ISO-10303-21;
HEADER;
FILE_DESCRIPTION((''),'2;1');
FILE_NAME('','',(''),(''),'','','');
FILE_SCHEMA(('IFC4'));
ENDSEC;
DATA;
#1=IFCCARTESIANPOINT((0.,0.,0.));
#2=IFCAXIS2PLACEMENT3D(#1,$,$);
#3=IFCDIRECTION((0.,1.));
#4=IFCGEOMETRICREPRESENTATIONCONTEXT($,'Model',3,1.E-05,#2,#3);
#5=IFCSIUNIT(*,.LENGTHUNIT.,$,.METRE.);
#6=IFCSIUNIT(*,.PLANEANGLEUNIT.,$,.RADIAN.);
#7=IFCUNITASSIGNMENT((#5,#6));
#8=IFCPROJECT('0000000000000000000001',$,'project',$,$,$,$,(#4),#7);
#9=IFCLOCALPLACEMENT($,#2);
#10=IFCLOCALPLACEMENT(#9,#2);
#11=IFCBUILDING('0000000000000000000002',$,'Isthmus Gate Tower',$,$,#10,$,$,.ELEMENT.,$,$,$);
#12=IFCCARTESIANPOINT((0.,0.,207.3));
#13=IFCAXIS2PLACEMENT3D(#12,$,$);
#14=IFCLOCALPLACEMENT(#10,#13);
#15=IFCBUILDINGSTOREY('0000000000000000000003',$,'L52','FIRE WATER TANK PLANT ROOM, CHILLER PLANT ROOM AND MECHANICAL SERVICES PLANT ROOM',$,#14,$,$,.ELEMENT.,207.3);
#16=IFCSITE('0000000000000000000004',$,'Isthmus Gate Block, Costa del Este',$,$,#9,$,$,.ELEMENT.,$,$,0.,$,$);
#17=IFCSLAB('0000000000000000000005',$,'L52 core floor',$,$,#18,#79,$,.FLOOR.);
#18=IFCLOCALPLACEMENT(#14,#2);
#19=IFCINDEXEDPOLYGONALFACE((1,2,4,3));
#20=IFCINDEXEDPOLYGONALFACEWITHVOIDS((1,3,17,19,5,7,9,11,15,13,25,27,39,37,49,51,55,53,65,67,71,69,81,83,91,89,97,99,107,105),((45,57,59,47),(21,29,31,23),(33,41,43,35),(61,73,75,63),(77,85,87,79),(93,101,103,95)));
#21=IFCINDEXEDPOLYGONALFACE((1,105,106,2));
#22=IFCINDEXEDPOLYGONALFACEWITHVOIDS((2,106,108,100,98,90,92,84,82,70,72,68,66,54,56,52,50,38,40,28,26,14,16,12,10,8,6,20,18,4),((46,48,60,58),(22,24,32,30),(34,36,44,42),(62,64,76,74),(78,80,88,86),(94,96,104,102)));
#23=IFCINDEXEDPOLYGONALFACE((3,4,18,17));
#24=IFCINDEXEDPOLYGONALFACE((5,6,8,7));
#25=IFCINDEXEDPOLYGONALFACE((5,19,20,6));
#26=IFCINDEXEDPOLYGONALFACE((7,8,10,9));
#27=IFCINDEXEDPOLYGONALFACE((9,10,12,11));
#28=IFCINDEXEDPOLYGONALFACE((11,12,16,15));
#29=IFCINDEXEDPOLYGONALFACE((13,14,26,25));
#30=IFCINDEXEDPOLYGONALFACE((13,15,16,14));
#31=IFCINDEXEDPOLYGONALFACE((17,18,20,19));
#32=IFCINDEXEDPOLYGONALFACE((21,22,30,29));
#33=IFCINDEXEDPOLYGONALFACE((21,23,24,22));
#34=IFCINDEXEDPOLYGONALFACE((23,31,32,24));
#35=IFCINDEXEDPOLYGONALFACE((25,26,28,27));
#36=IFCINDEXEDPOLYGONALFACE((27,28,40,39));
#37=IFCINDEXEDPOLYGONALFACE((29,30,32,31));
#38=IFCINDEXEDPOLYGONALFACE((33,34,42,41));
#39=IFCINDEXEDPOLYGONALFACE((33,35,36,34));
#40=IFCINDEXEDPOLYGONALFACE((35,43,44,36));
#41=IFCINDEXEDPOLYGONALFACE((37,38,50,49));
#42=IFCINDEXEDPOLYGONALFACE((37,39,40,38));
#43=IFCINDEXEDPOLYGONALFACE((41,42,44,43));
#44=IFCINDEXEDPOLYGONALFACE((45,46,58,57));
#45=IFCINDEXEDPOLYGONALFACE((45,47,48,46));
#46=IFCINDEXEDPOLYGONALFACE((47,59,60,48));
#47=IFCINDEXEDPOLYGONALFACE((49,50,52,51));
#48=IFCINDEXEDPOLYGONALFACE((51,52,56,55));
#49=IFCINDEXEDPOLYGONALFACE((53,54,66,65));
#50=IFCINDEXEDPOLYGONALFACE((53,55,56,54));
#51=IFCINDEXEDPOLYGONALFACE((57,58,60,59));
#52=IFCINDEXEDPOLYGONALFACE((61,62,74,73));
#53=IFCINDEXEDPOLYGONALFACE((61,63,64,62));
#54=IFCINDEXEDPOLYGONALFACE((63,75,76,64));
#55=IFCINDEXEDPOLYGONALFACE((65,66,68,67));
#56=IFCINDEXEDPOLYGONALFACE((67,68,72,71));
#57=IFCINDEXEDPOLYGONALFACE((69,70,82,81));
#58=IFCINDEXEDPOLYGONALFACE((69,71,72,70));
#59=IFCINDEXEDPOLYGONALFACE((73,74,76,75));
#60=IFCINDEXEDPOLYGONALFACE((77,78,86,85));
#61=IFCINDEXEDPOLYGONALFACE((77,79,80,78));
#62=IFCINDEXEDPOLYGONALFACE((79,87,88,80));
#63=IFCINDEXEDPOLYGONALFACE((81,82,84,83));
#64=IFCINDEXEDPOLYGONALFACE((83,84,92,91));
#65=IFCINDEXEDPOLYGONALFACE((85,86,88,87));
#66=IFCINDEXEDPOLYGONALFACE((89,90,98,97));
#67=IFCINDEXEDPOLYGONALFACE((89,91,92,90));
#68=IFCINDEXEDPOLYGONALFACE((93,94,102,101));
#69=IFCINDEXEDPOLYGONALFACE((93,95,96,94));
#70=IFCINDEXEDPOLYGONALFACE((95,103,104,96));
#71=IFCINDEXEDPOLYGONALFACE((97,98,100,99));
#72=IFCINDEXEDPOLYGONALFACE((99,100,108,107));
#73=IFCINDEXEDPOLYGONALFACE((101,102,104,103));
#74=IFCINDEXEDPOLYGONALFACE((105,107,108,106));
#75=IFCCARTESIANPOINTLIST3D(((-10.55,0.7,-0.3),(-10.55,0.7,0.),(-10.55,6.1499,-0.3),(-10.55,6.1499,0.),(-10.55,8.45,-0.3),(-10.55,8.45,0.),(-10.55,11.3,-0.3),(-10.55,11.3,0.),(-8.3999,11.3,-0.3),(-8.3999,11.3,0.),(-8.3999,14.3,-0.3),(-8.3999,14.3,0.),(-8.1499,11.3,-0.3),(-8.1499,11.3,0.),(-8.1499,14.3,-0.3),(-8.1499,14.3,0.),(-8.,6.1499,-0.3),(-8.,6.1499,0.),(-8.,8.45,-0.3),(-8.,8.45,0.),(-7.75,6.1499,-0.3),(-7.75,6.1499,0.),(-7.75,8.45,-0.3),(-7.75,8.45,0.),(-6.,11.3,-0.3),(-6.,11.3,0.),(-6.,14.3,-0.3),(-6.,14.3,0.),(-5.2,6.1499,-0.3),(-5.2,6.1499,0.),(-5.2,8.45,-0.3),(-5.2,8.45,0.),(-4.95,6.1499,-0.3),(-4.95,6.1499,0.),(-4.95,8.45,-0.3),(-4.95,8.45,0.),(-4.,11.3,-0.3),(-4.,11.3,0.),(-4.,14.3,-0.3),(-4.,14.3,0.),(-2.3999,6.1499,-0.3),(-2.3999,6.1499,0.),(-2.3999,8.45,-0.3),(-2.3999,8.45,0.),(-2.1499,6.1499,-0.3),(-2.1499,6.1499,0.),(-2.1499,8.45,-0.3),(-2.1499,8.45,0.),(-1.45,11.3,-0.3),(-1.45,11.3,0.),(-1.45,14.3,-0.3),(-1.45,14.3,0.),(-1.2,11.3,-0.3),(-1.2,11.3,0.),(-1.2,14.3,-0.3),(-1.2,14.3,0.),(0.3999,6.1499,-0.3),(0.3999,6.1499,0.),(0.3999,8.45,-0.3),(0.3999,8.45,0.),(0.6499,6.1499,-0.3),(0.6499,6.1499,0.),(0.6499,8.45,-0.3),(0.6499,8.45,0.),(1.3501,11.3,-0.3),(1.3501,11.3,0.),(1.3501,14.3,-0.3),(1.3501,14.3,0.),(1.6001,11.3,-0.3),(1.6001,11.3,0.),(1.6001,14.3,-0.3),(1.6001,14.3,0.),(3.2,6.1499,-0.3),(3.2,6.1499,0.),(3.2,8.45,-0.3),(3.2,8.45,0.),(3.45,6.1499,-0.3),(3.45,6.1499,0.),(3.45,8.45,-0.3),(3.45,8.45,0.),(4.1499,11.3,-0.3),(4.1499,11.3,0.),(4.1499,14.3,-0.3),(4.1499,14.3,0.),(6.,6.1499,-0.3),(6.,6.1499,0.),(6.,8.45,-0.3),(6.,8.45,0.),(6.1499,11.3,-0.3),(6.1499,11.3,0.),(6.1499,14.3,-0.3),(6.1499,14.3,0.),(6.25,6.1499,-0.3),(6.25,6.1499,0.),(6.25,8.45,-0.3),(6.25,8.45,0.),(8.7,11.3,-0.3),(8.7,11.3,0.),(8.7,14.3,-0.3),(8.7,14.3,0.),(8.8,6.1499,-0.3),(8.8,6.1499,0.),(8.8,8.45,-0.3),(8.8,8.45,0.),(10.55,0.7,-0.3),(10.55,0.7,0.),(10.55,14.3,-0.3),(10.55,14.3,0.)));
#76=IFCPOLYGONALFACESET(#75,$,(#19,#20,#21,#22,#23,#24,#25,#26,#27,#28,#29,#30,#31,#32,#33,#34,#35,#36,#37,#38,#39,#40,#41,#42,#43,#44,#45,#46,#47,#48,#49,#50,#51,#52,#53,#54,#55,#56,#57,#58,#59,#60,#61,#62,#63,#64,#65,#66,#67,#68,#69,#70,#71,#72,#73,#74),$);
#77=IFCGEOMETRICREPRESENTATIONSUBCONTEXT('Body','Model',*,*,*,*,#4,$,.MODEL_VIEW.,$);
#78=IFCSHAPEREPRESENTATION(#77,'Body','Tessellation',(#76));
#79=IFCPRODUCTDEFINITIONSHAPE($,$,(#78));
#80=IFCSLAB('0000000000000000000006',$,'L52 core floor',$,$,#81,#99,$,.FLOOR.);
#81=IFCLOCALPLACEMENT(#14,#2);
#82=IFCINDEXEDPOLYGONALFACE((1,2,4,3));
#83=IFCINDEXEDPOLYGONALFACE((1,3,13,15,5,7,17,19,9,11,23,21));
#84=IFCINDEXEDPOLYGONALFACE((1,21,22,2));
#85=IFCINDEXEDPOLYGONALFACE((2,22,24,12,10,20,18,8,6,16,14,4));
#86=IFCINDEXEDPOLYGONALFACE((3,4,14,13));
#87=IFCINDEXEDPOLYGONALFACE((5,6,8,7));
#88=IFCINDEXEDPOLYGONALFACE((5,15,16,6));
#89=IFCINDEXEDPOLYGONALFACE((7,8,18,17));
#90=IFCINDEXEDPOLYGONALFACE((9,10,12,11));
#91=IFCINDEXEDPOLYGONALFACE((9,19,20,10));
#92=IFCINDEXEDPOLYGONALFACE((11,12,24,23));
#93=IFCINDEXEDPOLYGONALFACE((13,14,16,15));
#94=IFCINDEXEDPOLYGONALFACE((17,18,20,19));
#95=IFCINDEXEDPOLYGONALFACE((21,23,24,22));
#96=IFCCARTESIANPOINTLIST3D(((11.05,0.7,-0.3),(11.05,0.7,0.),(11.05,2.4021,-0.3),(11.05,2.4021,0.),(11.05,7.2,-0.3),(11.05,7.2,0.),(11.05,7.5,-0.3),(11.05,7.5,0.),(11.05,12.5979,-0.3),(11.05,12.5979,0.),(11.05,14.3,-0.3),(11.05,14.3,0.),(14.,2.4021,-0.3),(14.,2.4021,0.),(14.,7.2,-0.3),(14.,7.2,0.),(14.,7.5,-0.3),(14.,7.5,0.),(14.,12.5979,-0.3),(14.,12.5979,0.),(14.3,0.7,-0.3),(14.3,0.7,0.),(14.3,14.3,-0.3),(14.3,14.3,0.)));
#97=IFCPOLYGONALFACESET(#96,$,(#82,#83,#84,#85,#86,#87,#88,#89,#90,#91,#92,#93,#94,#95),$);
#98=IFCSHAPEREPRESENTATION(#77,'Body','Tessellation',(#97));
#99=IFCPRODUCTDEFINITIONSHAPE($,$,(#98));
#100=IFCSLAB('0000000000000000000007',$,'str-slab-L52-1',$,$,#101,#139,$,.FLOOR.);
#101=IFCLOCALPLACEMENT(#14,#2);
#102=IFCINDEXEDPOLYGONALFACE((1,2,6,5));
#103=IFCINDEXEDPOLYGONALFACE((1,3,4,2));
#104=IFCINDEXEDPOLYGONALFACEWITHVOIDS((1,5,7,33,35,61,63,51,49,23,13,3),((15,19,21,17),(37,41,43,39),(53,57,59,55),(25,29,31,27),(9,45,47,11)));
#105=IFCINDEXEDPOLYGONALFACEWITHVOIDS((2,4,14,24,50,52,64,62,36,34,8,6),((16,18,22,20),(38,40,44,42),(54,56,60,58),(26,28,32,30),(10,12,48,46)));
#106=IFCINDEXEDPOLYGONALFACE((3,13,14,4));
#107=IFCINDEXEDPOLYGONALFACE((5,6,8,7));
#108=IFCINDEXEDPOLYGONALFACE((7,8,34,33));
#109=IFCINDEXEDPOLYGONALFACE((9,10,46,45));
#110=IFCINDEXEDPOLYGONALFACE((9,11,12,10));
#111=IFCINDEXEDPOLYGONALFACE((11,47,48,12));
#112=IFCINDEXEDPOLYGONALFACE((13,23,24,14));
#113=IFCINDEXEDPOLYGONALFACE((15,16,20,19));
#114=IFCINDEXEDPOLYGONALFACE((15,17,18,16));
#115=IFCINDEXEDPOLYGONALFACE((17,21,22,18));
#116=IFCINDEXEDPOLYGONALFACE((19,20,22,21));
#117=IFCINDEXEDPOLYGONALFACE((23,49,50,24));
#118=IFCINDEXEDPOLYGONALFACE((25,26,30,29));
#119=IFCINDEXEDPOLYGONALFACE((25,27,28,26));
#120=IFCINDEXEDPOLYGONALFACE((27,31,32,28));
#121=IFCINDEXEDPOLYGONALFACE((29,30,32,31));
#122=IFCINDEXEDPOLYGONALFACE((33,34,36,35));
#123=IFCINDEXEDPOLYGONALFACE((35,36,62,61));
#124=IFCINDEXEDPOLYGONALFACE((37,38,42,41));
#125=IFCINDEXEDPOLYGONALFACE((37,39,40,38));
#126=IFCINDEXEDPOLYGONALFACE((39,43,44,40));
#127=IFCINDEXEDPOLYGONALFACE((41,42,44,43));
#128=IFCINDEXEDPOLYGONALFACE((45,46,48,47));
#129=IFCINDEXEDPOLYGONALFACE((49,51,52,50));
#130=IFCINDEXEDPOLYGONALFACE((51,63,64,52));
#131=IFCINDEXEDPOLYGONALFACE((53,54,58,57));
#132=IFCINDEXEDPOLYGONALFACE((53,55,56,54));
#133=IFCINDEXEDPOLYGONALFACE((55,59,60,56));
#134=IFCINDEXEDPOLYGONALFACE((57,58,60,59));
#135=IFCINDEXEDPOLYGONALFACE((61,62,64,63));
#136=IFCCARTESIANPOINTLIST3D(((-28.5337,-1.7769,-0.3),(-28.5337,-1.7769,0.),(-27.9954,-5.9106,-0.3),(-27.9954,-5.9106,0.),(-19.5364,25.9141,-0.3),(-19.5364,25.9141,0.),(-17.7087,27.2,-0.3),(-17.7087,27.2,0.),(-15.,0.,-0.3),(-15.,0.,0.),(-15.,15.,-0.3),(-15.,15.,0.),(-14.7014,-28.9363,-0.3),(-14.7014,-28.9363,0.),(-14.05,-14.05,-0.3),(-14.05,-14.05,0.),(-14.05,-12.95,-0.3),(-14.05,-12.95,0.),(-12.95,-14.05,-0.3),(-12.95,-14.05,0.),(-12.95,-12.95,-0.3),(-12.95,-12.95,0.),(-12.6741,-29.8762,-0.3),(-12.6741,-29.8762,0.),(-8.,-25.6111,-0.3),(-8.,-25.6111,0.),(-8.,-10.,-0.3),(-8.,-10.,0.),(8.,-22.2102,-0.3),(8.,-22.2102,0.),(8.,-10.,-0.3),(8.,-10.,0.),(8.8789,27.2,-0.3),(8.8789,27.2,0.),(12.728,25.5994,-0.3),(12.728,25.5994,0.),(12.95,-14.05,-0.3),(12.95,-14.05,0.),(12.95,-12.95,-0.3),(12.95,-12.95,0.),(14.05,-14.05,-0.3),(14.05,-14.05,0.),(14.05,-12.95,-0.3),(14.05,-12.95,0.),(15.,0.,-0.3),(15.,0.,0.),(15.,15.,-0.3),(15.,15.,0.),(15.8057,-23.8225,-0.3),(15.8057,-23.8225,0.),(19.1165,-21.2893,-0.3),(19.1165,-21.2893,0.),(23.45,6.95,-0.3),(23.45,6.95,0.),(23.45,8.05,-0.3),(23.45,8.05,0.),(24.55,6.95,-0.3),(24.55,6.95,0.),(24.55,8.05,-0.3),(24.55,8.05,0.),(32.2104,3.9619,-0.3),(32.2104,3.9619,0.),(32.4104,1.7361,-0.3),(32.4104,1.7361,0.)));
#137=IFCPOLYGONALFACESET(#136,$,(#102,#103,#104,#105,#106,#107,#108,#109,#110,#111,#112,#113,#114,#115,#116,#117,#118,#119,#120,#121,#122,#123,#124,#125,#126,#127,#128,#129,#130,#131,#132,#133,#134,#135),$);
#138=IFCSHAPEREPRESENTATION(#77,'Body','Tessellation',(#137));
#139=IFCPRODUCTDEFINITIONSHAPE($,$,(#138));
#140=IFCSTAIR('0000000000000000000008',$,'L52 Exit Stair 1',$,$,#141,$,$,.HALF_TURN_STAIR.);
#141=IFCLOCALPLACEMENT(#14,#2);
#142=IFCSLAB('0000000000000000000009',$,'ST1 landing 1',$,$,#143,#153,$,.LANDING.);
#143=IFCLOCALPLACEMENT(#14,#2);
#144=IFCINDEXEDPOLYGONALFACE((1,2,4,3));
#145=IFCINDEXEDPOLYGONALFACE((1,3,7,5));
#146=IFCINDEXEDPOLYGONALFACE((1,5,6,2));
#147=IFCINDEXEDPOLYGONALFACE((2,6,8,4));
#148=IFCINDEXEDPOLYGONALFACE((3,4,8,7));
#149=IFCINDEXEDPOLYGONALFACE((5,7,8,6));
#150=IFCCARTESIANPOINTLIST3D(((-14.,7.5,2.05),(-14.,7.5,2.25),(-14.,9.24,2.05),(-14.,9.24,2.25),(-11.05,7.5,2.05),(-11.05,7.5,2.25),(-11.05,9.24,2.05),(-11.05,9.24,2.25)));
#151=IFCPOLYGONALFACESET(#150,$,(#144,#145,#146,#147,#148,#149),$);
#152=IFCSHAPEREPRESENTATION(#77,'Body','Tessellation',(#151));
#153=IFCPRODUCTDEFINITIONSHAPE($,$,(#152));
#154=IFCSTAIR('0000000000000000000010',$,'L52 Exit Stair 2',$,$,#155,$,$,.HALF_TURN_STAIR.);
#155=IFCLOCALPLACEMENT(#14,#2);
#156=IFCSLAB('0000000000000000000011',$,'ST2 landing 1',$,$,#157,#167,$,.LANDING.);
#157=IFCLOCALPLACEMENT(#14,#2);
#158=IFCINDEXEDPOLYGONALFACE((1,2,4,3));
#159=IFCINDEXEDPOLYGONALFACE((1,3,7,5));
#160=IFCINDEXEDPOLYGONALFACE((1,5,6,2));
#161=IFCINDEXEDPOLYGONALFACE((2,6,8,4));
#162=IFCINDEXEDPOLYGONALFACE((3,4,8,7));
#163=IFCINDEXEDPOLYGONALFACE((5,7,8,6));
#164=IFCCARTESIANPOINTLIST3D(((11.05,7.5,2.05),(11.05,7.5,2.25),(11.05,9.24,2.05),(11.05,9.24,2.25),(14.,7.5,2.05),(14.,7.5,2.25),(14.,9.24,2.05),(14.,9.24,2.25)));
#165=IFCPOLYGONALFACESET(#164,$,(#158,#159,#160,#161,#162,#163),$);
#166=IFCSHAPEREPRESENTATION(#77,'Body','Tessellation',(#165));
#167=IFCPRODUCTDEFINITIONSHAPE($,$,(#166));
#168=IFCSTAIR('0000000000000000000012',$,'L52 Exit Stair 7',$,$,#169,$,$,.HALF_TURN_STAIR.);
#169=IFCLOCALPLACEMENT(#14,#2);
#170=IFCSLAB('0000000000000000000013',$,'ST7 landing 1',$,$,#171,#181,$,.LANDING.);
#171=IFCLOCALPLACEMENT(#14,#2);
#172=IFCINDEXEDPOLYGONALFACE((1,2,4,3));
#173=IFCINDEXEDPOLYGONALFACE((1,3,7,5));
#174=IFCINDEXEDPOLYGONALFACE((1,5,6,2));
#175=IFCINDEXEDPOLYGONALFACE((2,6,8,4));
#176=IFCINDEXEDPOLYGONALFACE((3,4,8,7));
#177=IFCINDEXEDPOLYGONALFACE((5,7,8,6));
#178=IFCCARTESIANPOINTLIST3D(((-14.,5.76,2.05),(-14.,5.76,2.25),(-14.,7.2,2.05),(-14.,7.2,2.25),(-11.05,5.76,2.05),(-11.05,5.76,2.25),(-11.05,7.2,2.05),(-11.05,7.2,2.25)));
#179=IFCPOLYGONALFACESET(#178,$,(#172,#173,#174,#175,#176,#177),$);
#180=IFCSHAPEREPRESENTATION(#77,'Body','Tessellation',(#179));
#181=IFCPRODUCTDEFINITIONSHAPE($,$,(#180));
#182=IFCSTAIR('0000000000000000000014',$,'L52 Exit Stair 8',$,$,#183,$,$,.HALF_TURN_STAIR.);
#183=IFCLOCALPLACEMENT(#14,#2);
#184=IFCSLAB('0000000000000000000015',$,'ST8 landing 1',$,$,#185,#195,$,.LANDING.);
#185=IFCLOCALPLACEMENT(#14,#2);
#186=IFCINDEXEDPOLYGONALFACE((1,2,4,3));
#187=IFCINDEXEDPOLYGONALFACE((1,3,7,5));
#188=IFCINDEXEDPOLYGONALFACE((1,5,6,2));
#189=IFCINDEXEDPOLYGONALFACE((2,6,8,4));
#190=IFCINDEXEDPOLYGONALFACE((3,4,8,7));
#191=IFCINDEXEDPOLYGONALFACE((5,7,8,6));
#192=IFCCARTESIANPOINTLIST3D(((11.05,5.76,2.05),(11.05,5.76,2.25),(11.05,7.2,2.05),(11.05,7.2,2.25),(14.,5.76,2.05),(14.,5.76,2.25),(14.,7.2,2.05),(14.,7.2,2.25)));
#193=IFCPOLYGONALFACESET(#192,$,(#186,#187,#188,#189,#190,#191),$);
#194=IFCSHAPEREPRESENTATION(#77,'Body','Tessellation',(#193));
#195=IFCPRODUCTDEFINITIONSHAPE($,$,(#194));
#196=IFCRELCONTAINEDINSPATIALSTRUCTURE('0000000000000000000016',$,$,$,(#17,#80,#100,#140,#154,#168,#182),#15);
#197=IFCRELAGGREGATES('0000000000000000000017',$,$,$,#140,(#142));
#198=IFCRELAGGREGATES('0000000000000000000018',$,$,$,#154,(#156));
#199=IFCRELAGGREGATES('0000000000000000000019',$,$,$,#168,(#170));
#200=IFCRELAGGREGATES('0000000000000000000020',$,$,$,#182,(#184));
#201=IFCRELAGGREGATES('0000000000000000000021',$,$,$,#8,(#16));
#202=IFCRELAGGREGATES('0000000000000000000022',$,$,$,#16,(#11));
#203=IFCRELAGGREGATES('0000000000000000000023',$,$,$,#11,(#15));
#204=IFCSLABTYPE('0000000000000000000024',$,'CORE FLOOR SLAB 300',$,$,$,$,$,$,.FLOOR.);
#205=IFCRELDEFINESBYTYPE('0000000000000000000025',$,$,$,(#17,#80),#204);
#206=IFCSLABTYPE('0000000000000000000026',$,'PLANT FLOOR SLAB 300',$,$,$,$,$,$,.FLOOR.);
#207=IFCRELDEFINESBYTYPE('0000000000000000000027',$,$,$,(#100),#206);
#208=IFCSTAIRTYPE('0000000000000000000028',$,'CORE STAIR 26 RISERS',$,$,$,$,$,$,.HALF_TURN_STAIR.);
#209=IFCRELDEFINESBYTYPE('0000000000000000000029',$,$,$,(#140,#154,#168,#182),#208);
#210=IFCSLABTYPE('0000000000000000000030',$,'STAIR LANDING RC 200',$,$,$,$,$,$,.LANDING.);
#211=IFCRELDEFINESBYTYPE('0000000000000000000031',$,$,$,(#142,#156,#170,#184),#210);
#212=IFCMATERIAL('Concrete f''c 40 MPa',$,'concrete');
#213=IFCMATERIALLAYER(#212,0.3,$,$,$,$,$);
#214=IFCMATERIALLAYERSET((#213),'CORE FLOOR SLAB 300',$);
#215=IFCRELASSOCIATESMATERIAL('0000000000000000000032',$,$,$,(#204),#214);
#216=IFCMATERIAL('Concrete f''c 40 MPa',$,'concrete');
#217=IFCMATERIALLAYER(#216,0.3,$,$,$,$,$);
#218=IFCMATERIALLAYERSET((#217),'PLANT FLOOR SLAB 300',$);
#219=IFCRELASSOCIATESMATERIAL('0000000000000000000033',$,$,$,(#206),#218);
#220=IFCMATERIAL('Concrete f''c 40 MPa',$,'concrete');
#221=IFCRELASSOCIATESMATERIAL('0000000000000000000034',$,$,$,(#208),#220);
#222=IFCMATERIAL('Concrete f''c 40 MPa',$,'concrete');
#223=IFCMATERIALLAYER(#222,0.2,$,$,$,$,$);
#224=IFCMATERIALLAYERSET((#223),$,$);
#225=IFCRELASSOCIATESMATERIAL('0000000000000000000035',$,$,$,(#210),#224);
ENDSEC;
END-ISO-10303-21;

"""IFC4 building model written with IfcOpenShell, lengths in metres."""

from ifc_helpers import new_model, si_unit, direction, frame, origin, place, context, subcontext, project, spatial, polyline, outline, extrude, material, layer, layer_set, type_object, element, aggregate, save


model = new_model("IFC4")

# Units and contexts
model_context = context("Model", 3, precision=1e-05, world=origin(), true_north=direction((0.0, 1.0)))
body_context = subcontext(model_context, "Body", "Model", "MODEL_VIEW")
ifc_project = project(units=[si_unit("LENGTHUNIT", "METRE"), si_unit("PLANEANGLEUNIT", "RADIAN")], contexts=[model_context])

# Site, building, storey
site_placement = place(None, origin())
site = spatial("IfcSite", under=ifc_project, at=site_placement, Name="Isthmus Gate Block, Costa del Este", CompositionType="ELEMENT", RefElevation=0.0)
building_placement = place(site_placement, origin())
building = spatial("IfcBuilding", under=site, at=building_placement, Name="Isthmus Gate Tower", CompositionType="ELEMENT")
storey_placement = place(building_placement, frame((0.0, 0.0, 207.3)))
storey = spatial("IfcBuildingStorey", under=building, at=storey_placement, Name="L52", Description="FIRE WATER TANK PLANT ROOM, CHILLER PLANT ROOM AND MECHANICAL SERVICES PLANT ROOM", CompositionType="ELEMENT", Elevation=207.3)

# Slabs
ifc_material_1 = material(Name="Concrete f'c 40 MPa", Category="concrete")
ifc_layer_1 = layer(ifc_material_1, 0.3)
ifc_layer_set_1 = layer_set([ifc_layer_1], Name="CORE FLOOR SLAB 300")
slab_type_1 = type_object("IfcSlabType", Name="CORE FLOOR SLAB 300", PredefinedType="FLOOR", material=ifc_layer_set_1)
slab_1_placement = place(storey_placement, frame((0.0, 0.0, -0.3)))
element("IfcSlab", 1, at=slab_1_placement, inside=storey, type_object=slab_type_1, Name="L52 core floor", PredefinedType="FLOOR", context=body_context, shape_type="SweptSolid", body=[
    extrude(outline(polyline([(10.55, 14.3), (8.7, 14.3), (8.7, 11.3), (6.1499, 11.3), (6.1499, 14.3), (4.1499, 14.3), (4.1499, 11.3), (1.6001, 11.3), (1.6001, 14.3), (1.3501, 14.3), (1.3501, 11.3), (-1.2, 11.3), (-1.2, 14.3), (-1.45, 14.3), (-1.45, 11.3), (-4.0, 11.3), (-4.0, 14.3), (-6.0, 14.3), (-6.0, 11.3), (-8.1499, 11.3), (-8.1499, 14.3), (-8.3999, 14.3), (-8.3999, 11.3), (-10.55, 11.3), (-10.55, 8.45), (-8.0, 8.45), (-8.0, 6.1499), (-10.55, 6.1499), (-10.55, 0.7), (10.55, 0.7), (10.55, 14.3)]), holes=[polyline([(-5.2, 8.45), (-5.2, 6.1499), (-7.75, 6.1499), (-7.75, 8.45), (-5.2, 8.45)]), polyline([(-2.3999, 8.45), (-2.3999, 6.1499), (-4.95, 6.1499), (-4.95, 8.45), (-2.3999, 8.45)]), polyline([(0.3999, 8.45), (0.3999, 6.1499), (-2.1499, 6.1499), (-2.1499, 8.45), (0.3999, 8.45)]), polyline([(3.2, 8.45), (3.2, 6.1499), (0.6499, 6.1499), (0.6499, 8.45), (3.2, 8.45)]), polyline([(6.0, 8.45), (6.0, 6.1499), (3.45, 6.1499), (3.45, 8.45), (6.0, 8.45)]), polyline([(8.8, 8.45), (8.8, 6.1499), (6.25, 6.1499), (6.25, 8.45), (8.8, 8.45)])]), origin(), (0.0, 0.0, 1.0), 0.3),
])
slab_2_placement = place(storey_placement, frame((0.0, 0.0, -0.3)))
element("IfcSlab", 2, at=slab_2_placement, inside=storey, type_object=slab_type_1, Name="L52 core floor", PredefinedType="FLOOR", context=body_context, shape_type="SweptSolid", body=[
    extrude(outline(polyline([(11.05, 14.3), (11.05, 12.5979), (14.0, 12.5979), (14.0, 7.5), (11.05, 7.5), (11.05, 7.2), (14.0, 7.2), (14.0, 2.4021), (11.05, 2.4021), (11.05, 0.7), (14.3, 0.7), (14.3, 14.3), (11.05, 14.3)])), origin(), (0.0, 0.0, 1.0), 0.3),
])
ifc_material_2 = material(Name="Concrete f'c 40 MPa", Category="concrete")
ifc_layer_2 = layer(ifc_material_2, 0.3)
ifc_layer_set_2 = layer_set([ifc_layer_2], Name="PLANT FLOOR SLAB 300")
slab_type_2 = type_object("IfcSlabType", Name="PLANT FLOOR SLAB 300", PredefinedType="FLOOR", material=ifc_layer_set_2)
slab_3_placement = place(storey_placement, frame((0.0, 0.0, -0.3)))
element("IfcSlab", 3, at=slab_3_placement, inside=storey, type_object=slab_type_2, Name="str-slab-L52-1", PredefinedType="FLOOR", context=body_context, shape_type="SweptSolid", body=[
    extrude(outline(polyline([(12.728, 25.5994), (32.2104, 3.9619), (32.4104, 1.7361), (19.1165, -21.2893), (15.8057, -23.8225), (-12.6741, -29.8762), (-14.7014, -28.9363), (-27.9954, -5.9106), (-28.5337, -1.7769), (-19.5364, 25.9141), (-17.7087, 27.2), (8.8789, 27.2), (12.728, 25.5994)]), holes=[polyline([(-8.0, -10.0), (-8.0, -25.6111), (8.0, -22.2102), (8.0, -10.0), (-8.0, -10.0)]), polyline([(-14.05, -12.95), (-14.05, -14.05), (-12.95, -14.05), (-12.95, -12.95), (-14.05, -12.95)]), polyline([(14.05, -12.95), (12.95, -12.95), (12.95, -14.05), (14.05, -14.05), (14.05, -12.95)]), polyline([(-15.0, 15.0), (-15.0, 0.0), (15.0, 0.0), (15.0, 15.0), (-15.0, 15.0)]), polyline([(24.55, 6.95), (24.55, 8.05), (23.45, 8.05), (23.45, 6.95), (24.55, 6.95)])]), origin(), (0.0, 0.0, 1.0), 0.3),
])

# Stairs, slabs
ifc_material_3 = material(Name="Concrete f'c 40 MPa", Category="concrete")
stair_type = type_object("IfcStairType", Name="CORE STAIR 26 RISERS", PredefinedType="HALF_TURN_STAIR", material=ifc_material_3)
stair_1_placement = place(storey_placement, origin())
stair_1 = element("IfcStair", 4, at=stair_1_placement, inside=storey, type_object=stair_type, Name="L52 Exit Stair 1", PredefinedType="HALF_TURN_STAIR")
ifc_material_4 = material(Name="Concrete f'c 40 MPa", Category="concrete")
ifc_layer_3 = layer(ifc_material_4, 0.2)
ifc_layer_set_3 = layer_set([ifc_layer_3])
slab_type_3 = type_object("IfcSlabType", Name="STAIR LANDING RC 200", PredefinedType="LANDING", material=ifc_layer_set_3)
slab_4_placement = place(storey_placement, frame((0.0, 0.0, 2.05)))
slab_4 = element("IfcSlab", 5, at=slab_4_placement, type_object=slab_type_3, Name="ST1 landing 1", PredefinedType="LANDING", context=body_context, shape_type="SweptSolid", body=[
    extrude(outline(polyline([(-14.0, 9.24), (-14.0, 7.5), (-11.05, 7.5), (-11.05, 9.24), (-14.0, 9.24)])), origin(), (0.0, 0.0, 1.0), 0.2),
])
aggregate(stair_1, [slab_4])
stair_2_placement = place(storey_placement, origin())
stair_2 = element("IfcStair", 6, at=stair_2_placement, inside=storey, type_object=stair_type, Name="L52 Exit Stair 2", PredefinedType="HALF_TURN_STAIR")
slab_5_placement = place(storey_placement, frame((0.0, 0.0, 2.05)))
slab_5 = element("IfcSlab", 7, at=slab_5_placement, type_object=slab_type_3, Name="ST2 landing 1", PredefinedType="LANDING", context=body_context, shape_type="SweptSolid", body=[
    extrude(outline(polyline([(11.05, 9.24), (11.05, 7.5), (14.0, 7.5), (14.0, 9.24), (11.05, 9.24)])), origin(), (0.0, 0.0, 1.0), 0.2),
])
aggregate(stair_2, [slab_5])
stair_3_placement = place(storey_placement, origin())
stair_3 = element("IfcStair", 8, at=stair_3_placement, inside=storey, type_object=stair_type, Name="L52 Exit Stair 7", PredefinedType="HALF_TURN_STAIR")
slab_6_placement = place(storey_placement, frame((0.0, 0.0, 2.05)))
slab_6 = element("IfcSlab", 9, at=slab_6_placement, type_object=slab_type_3, Name="ST7 landing 1", PredefinedType="LANDING", context=body_context, shape_type="SweptSolid", body=[
    extrude(outline(polyline([(-11.05, 5.76), (-11.05, 7.2), (-14.0, 7.2), (-14.0, 5.76), (-11.05, 5.76)])), origin(), (0.0, 0.0, 1.0), 0.2),
])
aggregate(stair_3, [slab_6])
stair_4_placement = place(storey_placement, origin())
stair_4 = element("IfcStair", 10, at=stair_4_placement, inside=storey, type_object=stair_type, Name="L52 Exit Stair 8", PredefinedType="HALF_TURN_STAIR")
slab_7_placement = place(storey_placement, frame((0.0, 0.0, 2.05)))
slab_7 = element("IfcSlab", 11, at=slab_7_placement, type_object=slab_type_3, Name="ST8 landing 1", PredefinedType="LANDING", context=body_context, shape_type="SweptSolid", body=[
    extrude(outline(polyline([(14.0, 5.76), (14.0, 7.2), (11.05, 7.2), (11.05, 5.76), (14.0, 5.76)])), origin(), (0.0, 0.0, 1.0), 0.2),
])
aggregate(stair_4, [slab_7])

save(model, "model.ifc")
